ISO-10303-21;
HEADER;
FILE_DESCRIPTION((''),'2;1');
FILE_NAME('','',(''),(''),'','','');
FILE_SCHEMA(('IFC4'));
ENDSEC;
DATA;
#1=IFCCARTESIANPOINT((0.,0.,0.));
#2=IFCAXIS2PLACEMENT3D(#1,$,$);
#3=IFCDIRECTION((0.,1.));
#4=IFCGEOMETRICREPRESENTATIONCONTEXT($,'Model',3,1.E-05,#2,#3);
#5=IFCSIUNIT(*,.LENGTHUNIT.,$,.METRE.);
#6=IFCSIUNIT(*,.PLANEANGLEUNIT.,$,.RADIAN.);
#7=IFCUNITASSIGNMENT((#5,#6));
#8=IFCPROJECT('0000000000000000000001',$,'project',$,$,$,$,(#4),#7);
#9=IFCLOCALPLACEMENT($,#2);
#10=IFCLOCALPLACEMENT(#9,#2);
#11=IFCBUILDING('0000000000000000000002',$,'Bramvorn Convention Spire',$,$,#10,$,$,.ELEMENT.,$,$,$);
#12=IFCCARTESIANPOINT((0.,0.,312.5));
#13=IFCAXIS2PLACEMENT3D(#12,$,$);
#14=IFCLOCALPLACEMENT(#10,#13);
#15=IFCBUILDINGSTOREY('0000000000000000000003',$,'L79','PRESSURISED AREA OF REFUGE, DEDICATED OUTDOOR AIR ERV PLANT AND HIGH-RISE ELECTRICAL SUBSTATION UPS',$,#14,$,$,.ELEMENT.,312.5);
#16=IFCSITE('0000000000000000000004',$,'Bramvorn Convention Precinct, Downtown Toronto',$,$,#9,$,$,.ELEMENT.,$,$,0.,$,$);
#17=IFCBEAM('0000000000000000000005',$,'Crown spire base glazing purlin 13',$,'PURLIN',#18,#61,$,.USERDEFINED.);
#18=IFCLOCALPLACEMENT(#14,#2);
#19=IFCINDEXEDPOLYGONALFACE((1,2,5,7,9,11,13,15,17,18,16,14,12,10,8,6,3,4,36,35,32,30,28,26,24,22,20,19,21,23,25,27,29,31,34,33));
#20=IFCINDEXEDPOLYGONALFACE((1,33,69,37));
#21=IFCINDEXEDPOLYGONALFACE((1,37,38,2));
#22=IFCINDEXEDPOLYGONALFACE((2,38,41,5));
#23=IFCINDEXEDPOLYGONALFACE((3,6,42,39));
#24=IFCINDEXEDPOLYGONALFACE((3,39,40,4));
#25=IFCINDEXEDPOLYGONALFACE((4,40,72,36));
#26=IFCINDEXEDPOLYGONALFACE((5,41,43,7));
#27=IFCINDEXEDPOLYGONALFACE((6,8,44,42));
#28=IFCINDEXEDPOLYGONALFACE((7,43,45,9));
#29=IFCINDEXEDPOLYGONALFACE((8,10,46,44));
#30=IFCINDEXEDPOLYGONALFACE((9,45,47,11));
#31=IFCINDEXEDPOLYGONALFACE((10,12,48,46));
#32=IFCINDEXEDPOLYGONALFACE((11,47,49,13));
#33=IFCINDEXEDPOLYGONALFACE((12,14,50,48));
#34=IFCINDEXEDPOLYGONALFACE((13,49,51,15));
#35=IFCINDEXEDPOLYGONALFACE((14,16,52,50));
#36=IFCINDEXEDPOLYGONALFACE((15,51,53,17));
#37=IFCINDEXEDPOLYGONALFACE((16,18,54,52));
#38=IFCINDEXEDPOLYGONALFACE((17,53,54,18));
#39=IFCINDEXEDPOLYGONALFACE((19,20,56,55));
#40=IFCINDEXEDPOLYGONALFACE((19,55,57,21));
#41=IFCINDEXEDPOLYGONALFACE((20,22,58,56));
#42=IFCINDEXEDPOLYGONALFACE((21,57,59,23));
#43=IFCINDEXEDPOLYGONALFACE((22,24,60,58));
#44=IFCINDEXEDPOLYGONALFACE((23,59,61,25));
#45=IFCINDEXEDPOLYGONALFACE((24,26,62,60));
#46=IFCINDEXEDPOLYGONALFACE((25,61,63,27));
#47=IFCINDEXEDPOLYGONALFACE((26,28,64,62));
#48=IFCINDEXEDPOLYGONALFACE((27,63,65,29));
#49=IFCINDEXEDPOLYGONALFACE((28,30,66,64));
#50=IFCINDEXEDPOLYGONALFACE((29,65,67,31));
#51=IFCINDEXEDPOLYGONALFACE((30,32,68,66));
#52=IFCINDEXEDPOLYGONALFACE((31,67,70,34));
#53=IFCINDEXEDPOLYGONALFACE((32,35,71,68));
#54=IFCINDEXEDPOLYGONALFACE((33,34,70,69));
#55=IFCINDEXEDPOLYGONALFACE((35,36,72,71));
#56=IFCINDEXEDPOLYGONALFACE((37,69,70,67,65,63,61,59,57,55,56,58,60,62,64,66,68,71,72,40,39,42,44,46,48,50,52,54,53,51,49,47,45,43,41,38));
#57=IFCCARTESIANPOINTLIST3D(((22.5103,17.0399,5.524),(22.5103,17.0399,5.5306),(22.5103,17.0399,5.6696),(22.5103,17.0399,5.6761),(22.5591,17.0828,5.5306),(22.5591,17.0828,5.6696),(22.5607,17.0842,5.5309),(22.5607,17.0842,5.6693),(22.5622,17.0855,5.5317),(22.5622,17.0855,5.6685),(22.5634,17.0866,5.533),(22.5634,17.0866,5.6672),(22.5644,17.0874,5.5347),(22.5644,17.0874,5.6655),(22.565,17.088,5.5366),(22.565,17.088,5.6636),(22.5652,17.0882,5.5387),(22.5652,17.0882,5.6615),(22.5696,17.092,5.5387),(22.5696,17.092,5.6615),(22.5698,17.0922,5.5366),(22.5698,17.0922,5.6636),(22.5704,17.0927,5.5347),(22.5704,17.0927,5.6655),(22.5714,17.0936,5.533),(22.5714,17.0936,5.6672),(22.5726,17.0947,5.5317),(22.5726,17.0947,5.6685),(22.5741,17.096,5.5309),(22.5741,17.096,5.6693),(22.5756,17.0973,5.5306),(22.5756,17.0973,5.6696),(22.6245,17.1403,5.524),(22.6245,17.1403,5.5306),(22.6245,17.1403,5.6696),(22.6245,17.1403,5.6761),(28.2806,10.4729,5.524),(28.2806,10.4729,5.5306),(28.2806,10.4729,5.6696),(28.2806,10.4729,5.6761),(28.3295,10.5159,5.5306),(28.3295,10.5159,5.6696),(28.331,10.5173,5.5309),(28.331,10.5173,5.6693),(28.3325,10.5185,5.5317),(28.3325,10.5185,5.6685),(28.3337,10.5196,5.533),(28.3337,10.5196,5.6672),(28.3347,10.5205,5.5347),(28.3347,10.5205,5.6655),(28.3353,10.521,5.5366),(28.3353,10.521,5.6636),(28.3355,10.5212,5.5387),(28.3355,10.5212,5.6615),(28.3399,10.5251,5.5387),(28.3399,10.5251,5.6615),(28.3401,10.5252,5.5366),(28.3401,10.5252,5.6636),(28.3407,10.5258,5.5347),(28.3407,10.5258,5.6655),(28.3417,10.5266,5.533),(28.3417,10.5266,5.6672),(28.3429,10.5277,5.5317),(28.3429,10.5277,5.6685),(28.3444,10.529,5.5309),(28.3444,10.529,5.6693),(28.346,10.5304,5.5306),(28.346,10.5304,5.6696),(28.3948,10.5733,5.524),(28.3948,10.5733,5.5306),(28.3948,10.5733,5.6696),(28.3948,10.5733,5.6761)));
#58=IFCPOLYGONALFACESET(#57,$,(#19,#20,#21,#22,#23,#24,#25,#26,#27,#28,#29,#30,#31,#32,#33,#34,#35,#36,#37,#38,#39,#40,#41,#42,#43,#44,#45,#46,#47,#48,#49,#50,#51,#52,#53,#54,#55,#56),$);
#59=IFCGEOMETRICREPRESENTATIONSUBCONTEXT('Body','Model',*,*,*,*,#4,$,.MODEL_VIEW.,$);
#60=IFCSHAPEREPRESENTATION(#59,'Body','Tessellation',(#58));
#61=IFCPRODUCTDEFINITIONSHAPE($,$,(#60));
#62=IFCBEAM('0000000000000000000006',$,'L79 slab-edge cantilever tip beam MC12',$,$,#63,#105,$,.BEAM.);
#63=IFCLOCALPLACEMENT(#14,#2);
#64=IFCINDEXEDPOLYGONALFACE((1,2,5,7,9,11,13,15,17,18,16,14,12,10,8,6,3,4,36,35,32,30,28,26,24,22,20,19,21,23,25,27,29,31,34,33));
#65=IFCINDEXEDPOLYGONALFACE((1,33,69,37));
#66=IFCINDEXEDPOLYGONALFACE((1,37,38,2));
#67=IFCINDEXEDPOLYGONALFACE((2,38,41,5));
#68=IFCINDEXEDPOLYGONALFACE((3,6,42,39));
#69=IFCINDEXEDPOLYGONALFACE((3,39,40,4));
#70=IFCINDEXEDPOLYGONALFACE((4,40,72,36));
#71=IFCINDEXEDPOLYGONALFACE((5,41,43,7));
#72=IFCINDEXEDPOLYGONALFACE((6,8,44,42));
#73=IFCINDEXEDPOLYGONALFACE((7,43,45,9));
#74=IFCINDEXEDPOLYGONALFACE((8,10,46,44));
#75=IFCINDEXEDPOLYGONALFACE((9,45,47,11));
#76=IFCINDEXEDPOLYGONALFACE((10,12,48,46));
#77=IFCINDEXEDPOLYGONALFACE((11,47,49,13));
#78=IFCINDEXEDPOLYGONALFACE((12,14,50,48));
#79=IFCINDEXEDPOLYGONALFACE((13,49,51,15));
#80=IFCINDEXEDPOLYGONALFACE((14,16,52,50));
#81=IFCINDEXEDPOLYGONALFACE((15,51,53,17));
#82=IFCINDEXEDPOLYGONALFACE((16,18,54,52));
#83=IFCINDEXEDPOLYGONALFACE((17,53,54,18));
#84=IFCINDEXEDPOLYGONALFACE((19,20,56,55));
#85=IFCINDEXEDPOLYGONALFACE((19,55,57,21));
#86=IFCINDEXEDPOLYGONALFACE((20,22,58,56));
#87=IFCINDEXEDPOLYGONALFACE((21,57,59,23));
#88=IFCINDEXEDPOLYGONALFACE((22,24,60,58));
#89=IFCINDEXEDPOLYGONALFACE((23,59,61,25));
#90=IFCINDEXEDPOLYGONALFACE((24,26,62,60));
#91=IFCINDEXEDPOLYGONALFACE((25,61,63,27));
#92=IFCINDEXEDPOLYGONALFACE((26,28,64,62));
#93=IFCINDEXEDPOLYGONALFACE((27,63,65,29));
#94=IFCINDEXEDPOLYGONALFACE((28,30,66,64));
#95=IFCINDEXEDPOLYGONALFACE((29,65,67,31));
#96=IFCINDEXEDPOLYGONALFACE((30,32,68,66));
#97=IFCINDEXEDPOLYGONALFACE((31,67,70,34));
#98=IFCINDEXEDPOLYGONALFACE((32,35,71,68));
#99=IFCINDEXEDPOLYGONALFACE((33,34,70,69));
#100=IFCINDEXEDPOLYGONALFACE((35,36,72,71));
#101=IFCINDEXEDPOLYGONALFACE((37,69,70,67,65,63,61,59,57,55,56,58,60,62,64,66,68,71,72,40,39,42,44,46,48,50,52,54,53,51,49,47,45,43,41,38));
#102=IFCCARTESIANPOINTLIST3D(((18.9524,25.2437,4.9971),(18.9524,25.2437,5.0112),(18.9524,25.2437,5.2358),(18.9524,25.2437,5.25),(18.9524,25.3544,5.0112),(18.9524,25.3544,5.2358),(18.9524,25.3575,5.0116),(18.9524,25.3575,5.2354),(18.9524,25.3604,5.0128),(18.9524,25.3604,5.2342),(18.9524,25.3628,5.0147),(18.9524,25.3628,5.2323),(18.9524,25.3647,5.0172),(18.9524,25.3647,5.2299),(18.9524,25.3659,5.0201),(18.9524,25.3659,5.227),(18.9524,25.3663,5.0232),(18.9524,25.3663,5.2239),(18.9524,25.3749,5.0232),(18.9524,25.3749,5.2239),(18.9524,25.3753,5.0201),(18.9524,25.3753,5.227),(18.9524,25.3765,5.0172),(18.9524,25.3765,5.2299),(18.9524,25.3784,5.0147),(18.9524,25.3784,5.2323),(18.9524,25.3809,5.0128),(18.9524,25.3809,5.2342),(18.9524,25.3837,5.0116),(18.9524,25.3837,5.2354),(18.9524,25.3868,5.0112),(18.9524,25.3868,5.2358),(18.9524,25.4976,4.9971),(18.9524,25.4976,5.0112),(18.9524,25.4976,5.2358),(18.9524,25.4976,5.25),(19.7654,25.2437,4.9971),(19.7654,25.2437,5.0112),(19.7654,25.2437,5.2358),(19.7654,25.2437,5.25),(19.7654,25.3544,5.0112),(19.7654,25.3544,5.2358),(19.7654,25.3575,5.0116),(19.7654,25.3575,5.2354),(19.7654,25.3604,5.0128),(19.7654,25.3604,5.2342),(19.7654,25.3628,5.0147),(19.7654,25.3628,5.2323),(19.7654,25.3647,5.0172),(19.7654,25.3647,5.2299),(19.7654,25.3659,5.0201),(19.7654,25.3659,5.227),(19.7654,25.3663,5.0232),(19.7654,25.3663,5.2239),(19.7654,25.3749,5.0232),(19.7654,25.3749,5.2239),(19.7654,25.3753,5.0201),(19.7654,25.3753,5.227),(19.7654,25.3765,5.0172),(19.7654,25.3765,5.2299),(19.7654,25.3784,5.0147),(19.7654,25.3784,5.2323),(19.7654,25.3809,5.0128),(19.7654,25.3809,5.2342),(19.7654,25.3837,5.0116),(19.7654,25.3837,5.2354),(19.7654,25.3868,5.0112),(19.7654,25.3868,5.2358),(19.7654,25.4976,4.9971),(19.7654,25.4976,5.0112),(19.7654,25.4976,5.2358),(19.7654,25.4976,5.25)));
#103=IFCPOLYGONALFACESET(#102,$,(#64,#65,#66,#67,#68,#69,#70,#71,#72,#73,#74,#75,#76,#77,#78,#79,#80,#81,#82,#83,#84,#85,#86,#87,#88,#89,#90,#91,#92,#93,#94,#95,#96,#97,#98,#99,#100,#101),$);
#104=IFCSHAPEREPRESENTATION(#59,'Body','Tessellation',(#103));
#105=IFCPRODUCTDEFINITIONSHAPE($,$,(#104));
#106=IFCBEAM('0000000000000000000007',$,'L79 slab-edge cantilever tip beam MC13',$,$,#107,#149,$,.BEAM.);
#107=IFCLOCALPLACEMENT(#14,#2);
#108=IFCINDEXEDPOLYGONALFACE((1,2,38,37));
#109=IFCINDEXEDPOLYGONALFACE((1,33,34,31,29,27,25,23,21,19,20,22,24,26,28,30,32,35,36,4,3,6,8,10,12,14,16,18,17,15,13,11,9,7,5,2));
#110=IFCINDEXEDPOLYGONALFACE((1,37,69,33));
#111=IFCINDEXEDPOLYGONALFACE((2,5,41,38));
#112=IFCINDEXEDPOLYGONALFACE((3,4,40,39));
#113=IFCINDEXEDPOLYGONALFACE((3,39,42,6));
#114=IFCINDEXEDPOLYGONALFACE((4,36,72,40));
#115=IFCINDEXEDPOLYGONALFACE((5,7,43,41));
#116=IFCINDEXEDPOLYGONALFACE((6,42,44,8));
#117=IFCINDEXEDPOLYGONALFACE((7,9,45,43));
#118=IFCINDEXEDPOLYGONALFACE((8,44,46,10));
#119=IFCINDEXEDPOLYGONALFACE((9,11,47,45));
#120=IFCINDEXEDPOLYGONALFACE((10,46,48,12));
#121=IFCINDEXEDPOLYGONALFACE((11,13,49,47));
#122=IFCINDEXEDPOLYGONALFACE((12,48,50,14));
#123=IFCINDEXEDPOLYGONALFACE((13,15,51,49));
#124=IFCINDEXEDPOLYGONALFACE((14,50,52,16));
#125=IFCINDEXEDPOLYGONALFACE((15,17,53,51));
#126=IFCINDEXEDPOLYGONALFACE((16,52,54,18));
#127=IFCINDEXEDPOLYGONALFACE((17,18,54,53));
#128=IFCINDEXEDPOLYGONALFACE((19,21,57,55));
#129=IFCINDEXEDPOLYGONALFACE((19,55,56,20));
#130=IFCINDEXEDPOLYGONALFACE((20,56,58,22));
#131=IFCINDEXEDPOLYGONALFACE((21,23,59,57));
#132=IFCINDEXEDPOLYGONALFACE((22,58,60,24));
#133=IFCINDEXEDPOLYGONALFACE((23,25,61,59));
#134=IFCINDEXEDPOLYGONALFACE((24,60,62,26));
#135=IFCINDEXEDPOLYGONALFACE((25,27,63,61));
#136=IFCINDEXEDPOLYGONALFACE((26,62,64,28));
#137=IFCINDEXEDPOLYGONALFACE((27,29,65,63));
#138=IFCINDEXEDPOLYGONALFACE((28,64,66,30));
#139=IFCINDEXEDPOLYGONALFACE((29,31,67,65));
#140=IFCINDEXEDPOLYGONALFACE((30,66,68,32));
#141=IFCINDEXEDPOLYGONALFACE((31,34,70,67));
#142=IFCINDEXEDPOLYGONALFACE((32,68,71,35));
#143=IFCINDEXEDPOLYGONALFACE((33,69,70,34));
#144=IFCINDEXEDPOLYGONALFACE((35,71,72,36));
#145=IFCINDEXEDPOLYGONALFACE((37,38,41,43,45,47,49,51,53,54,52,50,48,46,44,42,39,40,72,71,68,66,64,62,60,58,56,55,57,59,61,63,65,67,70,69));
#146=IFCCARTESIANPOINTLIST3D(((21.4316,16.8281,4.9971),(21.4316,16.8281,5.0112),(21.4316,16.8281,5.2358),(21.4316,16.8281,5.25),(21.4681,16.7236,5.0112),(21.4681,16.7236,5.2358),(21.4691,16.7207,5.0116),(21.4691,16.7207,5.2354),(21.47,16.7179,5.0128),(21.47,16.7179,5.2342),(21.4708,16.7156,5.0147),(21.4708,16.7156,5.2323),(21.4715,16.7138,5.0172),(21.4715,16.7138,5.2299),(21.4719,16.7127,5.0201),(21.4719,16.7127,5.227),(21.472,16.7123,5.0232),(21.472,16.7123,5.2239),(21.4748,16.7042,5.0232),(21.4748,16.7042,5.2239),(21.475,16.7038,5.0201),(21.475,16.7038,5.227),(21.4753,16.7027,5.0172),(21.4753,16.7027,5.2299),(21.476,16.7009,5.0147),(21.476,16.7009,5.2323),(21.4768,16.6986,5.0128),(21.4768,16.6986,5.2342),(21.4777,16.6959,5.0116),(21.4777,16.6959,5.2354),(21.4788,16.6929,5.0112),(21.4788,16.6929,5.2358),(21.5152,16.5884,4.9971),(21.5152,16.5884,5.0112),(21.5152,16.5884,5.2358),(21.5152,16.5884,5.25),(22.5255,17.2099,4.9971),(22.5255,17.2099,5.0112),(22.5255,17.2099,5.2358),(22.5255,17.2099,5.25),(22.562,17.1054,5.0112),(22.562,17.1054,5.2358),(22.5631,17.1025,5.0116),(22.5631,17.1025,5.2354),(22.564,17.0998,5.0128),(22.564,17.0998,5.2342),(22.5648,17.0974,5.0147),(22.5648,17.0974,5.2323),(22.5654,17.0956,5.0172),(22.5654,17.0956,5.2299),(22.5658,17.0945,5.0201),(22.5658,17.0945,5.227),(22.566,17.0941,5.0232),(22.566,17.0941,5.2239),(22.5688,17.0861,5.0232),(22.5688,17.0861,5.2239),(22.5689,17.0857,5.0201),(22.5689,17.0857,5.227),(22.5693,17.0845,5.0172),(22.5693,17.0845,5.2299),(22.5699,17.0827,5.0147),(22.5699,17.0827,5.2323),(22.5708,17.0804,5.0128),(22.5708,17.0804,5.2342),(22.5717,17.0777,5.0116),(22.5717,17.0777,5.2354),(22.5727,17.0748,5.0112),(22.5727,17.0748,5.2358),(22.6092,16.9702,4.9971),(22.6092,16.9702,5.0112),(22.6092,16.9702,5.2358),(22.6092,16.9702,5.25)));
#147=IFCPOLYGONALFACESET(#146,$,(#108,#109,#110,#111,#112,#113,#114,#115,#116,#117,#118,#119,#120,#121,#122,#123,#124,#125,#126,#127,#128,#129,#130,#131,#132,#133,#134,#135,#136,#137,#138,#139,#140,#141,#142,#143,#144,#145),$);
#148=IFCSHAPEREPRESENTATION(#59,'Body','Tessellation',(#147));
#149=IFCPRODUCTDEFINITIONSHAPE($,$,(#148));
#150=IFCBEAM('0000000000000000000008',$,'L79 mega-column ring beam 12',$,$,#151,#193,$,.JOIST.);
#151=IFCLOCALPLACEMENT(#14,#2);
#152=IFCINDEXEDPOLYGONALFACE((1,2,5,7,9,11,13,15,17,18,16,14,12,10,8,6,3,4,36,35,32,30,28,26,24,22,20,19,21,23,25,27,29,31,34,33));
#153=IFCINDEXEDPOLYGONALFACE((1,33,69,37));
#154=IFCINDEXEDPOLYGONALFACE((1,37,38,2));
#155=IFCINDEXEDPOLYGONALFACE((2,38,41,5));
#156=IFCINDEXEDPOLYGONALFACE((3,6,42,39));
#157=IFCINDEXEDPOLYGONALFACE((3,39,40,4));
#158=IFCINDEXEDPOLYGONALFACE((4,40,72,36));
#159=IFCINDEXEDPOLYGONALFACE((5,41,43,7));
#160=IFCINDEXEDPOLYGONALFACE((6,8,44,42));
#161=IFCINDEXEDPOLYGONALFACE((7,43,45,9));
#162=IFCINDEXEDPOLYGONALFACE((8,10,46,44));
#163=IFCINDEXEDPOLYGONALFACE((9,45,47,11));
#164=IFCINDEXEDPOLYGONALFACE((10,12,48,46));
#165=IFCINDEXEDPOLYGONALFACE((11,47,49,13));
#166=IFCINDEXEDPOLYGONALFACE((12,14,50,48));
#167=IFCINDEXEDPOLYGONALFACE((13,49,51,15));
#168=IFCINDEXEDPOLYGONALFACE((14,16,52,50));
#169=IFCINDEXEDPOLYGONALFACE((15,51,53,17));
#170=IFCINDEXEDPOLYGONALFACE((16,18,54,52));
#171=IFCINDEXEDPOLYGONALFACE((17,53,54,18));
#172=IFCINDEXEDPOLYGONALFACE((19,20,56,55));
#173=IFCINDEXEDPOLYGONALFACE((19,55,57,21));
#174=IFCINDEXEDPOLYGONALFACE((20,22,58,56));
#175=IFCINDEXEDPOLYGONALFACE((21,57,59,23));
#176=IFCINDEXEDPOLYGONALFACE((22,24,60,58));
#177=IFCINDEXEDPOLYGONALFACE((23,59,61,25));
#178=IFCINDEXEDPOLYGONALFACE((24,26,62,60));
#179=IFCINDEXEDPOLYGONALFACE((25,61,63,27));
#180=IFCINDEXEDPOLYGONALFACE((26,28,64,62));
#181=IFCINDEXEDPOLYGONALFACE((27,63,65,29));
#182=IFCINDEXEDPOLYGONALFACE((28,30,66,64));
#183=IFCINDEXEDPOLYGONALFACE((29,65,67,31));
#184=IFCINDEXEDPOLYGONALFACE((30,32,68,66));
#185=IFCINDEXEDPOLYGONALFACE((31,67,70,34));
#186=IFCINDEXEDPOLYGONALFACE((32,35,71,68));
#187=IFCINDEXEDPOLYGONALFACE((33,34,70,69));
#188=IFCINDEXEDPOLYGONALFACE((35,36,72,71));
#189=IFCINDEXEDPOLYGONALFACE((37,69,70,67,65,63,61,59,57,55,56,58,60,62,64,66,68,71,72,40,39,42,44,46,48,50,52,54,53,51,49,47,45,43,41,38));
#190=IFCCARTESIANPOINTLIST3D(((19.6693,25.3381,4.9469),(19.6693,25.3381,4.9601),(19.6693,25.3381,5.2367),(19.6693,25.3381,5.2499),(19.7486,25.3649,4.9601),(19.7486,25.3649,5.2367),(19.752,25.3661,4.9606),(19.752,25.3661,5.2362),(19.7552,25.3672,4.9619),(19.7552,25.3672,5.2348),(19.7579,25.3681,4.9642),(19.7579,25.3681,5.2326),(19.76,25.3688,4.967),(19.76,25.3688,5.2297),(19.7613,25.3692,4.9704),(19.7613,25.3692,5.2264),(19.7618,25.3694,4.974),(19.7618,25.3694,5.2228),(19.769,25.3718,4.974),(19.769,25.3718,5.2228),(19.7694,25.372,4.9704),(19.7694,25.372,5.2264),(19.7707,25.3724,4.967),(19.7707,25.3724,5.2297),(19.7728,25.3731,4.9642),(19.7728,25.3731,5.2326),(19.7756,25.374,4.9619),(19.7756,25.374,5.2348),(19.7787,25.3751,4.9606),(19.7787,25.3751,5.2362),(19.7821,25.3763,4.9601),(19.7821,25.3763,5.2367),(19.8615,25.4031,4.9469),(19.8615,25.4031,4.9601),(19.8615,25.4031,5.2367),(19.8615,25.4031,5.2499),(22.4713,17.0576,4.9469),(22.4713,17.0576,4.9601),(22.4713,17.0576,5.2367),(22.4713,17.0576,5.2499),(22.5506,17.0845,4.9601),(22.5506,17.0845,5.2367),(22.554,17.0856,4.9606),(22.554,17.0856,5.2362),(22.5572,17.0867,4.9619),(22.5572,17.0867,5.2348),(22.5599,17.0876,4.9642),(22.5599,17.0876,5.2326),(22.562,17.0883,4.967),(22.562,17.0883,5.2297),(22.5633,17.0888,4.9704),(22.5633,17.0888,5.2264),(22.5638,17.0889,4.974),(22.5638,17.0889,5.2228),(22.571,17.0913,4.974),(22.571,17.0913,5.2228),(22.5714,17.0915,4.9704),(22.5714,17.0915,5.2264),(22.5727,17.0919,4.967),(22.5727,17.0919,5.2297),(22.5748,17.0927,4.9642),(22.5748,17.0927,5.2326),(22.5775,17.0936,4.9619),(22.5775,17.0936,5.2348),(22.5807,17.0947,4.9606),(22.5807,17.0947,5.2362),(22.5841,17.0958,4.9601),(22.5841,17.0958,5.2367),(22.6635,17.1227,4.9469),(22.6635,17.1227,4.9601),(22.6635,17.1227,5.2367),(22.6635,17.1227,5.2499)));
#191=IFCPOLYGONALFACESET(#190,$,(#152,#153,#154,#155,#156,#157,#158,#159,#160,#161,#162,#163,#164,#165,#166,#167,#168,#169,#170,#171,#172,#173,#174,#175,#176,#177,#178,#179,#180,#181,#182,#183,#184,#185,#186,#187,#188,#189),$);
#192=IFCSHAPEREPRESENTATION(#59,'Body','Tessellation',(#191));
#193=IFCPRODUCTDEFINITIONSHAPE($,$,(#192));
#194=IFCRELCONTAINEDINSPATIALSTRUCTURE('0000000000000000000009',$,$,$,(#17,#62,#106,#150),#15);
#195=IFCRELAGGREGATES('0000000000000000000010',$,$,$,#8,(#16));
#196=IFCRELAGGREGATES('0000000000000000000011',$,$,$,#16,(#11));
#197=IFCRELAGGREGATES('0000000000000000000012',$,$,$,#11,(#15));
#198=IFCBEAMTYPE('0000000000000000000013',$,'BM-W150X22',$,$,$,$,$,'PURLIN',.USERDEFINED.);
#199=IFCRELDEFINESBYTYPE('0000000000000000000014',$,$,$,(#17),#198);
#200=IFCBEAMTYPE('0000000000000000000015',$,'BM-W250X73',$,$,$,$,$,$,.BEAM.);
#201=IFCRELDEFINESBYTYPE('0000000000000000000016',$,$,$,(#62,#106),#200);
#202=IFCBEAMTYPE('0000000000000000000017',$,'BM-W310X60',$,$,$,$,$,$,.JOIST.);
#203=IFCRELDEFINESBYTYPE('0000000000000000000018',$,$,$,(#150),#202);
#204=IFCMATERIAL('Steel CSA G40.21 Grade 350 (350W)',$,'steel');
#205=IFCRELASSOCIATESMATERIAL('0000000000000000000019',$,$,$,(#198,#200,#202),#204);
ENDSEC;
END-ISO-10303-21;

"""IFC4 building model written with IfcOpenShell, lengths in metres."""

from ifc_helpers import new_model, si_unit, direction, frame, origin, origin_2d, place, context, subcontext, project, spatial, i_section, extrude, material, material_profile, profile_set, type_object, element, save


model = new_model("IFC4")

# Units and contexts
model_context = context("Model", 3, precision=1e-05, world=origin(), true_north=direction((0.0, 1.0)))
body_context = subcontext(model_context, "Body", "Model", "MODEL_VIEW")
ifc_project = project(units=[si_unit("LENGTHUNIT", "METRE"), si_unit("PLANEANGLEUNIT", "RADIAN")], contexts=[model_context])

# Site, building, storey
site_placement = place(None, origin())
site = spatial("IfcSite", under=ifc_project, at=site_placement, Name="Bramvorn Convention Precinct, Downtown Toronto", CompositionType="ELEMENT", RefElevation=0.0)
building_placement = place(site_placement, origin())
building = spatial("IfcBuilding", under=site, at=building_placement, Name="Bramvorn Convention Spire", CompositionType="ELEMENT")
storey_placement = place(building_placement, frame((0.0, 0.0, 312.5)))
storey = spatial("IfcBuildingStorey", under=building, at=storey_placement, Name="L79", Description="PRESSURISED AREA OF REFUGE, DEDICATED OUTDOOR AIR ERV PLANT AND HIGH-RISE ELECTRICAL SUBSTATION UPS", CompositionType="ELEMENT", Elevation=312.5)

# Shared definitions
ifc_material_1 = material(Name="Steel CSA G40.21 Grade 350 (350W)", Category="steel")

# Beams
ifc_material_profile_1 = material_profile(ifc_material_1, i_section(OverallWidth=0.1521, OverallDepth=0.1521, WebThickness=0.0059, FlangeThickness=0.0066, FilletRadius=0.0081, at=origin_2d()))
ifc_profile_set_1 = profile_set([ifc_material_profile_1], Name="Steel CSA G40.21 Grade 350 (350W) - W150X22")
beam_type_1 = type_object("IfcBeamType", Name="BM-W150X22", ElementType="PURLIN", PredefinedType="USERDEFINED", material=ifc_profile_set_1)
beam_1_placement = place(storey_placement, frame((22.5674, 17.0901, 5.6001), z_axis=(0.660073, -0.751201, 0.0), x_axis=(0.751201, 0.660073, 0.0)))
element("IfcBeam", 1, at=beam_1_placement, inside=storey, type_object=beam_type_1, Name="Crown spire base glazing purlin 13", ObjectType="PURLIN", PredefinedType="USERDEFINED", context=body_context, shape_type="SweptSolid", body=[
    extrude(i_section(OverallWidth=0.1521, OverallDepth=0.1521, WebThickness=0.0059, FlangeThickness=0.0066, FilletRadius=0.0081, at=origin_2d()), origin(), (0.0, 0.0, 1.0), 8.7419),
])
ifc_material_profile_2 = material_profile(ifc_material_1, i_section(OverallWidth=0.2539, OverallDepth=0.2529, WebThickness=0.0085, FlangeThickness=0.0142, FilletRadius=0.012, at=origin_2d()))
ifc_profile_set_2 = profile_set([ifc_material_profile_2], Name="Steel CSA G40.21 Grade 350 (350W) - W250X73")
beam_type_2 = type_object("IfcBeamType", Name="BM-W250X73", PredefinedType="BEAM", material=ifc_profile_set_2)
beam_2_placement = place(storey_placement, frame((19.7654, 25.3706, 5.1235), z_axis=(-1.0, 0.0, 0.0), x_axis=(0.0, -1.0, 0.0)))
element("IfcBeam", 2, at=beam_2_placement, inside=storey, type_object=beam_type_2, Name="L79 slab-edge cantilever tip beam MC12", PredefinedType="BEAM", context=body_context, shape_type="SweptSolid", body=[
    extrude(i_section(OverallWidth=0.2539, OverallDepth=0.2529, WebThickness=0.0085, FlangeThickness=0.0142, FilletRadius=0.012, at=origin_2d()), origin(), (0.0, 0.0, 1.0), 0.813),
])
beam_3_placement = place(storey_placement, frame((22.5674, 17.0901, 5.1235), z_axis=(-0.944144, -0.329534, 0.0), x_axis=(0.329534, -0.944144, 0.0)))
element("IfcBeam", 3, at=beam_3_placement, inside=storey, type_object=beam_type_2, Name="L79 slab-edge cantilever tip beam MC13", PredefinedType="BEAM", context=body_context, shape_type="SweptSolid", body=[
    extrude(i_section(OverallWidth=0.2539, OverallDepth=0.2529, WebThickness=0.0085, FlangeThickness=0.0142, FilletRadius=0.012, at=origin_2d()), origin(), (0.0, 0.0, 1.0), 1.1587),
])
ifc_material_profile_3 = material_profile(ifc_material_1, i_section(OverallWidth=0.2029, OverallDepth=0.303, WebThickness=0.0076, FlangeThickness=0.0132, FilletRadius=0.0139, at=origin_2d()))
ifc_profile_set_3 = profile_set([ifc_material_profile_3], Name="Steel CSA G40.21 Grade 350 (350W) - W310X60")
beam_type_3 = type_object("IfcBeamType", Name="BM-W310X60", PredefinedType="JOIST", material=ifc_profile_set_3)
beam_4_placement = place(storey_placement, frame((19.7654, 25.3706, 5.0984), z_axis=(0.320531, -0.947238, 0.0), x_axis=(0.947238, 0.320531, 0.0)))
element("IfcBeam", 4, at=beam_4_placement, inside=storey, type_object=beam_type_3, Name="L79 mega-column ring beam 12", PredefinedType="JOIST", context=body_context, shape_type="SweptSolid", body=[
    extrude(i_section(OverallWidth=0.2029, OverallDepth=0.303, WebThickness=0.0076, FlangeThickness=0.0132, FilletRadius=0.0139, at=origin_2d()), origin(), (0.0, 0.0, 1.0), 8.7417),
])

save(model, "model.ifc")
